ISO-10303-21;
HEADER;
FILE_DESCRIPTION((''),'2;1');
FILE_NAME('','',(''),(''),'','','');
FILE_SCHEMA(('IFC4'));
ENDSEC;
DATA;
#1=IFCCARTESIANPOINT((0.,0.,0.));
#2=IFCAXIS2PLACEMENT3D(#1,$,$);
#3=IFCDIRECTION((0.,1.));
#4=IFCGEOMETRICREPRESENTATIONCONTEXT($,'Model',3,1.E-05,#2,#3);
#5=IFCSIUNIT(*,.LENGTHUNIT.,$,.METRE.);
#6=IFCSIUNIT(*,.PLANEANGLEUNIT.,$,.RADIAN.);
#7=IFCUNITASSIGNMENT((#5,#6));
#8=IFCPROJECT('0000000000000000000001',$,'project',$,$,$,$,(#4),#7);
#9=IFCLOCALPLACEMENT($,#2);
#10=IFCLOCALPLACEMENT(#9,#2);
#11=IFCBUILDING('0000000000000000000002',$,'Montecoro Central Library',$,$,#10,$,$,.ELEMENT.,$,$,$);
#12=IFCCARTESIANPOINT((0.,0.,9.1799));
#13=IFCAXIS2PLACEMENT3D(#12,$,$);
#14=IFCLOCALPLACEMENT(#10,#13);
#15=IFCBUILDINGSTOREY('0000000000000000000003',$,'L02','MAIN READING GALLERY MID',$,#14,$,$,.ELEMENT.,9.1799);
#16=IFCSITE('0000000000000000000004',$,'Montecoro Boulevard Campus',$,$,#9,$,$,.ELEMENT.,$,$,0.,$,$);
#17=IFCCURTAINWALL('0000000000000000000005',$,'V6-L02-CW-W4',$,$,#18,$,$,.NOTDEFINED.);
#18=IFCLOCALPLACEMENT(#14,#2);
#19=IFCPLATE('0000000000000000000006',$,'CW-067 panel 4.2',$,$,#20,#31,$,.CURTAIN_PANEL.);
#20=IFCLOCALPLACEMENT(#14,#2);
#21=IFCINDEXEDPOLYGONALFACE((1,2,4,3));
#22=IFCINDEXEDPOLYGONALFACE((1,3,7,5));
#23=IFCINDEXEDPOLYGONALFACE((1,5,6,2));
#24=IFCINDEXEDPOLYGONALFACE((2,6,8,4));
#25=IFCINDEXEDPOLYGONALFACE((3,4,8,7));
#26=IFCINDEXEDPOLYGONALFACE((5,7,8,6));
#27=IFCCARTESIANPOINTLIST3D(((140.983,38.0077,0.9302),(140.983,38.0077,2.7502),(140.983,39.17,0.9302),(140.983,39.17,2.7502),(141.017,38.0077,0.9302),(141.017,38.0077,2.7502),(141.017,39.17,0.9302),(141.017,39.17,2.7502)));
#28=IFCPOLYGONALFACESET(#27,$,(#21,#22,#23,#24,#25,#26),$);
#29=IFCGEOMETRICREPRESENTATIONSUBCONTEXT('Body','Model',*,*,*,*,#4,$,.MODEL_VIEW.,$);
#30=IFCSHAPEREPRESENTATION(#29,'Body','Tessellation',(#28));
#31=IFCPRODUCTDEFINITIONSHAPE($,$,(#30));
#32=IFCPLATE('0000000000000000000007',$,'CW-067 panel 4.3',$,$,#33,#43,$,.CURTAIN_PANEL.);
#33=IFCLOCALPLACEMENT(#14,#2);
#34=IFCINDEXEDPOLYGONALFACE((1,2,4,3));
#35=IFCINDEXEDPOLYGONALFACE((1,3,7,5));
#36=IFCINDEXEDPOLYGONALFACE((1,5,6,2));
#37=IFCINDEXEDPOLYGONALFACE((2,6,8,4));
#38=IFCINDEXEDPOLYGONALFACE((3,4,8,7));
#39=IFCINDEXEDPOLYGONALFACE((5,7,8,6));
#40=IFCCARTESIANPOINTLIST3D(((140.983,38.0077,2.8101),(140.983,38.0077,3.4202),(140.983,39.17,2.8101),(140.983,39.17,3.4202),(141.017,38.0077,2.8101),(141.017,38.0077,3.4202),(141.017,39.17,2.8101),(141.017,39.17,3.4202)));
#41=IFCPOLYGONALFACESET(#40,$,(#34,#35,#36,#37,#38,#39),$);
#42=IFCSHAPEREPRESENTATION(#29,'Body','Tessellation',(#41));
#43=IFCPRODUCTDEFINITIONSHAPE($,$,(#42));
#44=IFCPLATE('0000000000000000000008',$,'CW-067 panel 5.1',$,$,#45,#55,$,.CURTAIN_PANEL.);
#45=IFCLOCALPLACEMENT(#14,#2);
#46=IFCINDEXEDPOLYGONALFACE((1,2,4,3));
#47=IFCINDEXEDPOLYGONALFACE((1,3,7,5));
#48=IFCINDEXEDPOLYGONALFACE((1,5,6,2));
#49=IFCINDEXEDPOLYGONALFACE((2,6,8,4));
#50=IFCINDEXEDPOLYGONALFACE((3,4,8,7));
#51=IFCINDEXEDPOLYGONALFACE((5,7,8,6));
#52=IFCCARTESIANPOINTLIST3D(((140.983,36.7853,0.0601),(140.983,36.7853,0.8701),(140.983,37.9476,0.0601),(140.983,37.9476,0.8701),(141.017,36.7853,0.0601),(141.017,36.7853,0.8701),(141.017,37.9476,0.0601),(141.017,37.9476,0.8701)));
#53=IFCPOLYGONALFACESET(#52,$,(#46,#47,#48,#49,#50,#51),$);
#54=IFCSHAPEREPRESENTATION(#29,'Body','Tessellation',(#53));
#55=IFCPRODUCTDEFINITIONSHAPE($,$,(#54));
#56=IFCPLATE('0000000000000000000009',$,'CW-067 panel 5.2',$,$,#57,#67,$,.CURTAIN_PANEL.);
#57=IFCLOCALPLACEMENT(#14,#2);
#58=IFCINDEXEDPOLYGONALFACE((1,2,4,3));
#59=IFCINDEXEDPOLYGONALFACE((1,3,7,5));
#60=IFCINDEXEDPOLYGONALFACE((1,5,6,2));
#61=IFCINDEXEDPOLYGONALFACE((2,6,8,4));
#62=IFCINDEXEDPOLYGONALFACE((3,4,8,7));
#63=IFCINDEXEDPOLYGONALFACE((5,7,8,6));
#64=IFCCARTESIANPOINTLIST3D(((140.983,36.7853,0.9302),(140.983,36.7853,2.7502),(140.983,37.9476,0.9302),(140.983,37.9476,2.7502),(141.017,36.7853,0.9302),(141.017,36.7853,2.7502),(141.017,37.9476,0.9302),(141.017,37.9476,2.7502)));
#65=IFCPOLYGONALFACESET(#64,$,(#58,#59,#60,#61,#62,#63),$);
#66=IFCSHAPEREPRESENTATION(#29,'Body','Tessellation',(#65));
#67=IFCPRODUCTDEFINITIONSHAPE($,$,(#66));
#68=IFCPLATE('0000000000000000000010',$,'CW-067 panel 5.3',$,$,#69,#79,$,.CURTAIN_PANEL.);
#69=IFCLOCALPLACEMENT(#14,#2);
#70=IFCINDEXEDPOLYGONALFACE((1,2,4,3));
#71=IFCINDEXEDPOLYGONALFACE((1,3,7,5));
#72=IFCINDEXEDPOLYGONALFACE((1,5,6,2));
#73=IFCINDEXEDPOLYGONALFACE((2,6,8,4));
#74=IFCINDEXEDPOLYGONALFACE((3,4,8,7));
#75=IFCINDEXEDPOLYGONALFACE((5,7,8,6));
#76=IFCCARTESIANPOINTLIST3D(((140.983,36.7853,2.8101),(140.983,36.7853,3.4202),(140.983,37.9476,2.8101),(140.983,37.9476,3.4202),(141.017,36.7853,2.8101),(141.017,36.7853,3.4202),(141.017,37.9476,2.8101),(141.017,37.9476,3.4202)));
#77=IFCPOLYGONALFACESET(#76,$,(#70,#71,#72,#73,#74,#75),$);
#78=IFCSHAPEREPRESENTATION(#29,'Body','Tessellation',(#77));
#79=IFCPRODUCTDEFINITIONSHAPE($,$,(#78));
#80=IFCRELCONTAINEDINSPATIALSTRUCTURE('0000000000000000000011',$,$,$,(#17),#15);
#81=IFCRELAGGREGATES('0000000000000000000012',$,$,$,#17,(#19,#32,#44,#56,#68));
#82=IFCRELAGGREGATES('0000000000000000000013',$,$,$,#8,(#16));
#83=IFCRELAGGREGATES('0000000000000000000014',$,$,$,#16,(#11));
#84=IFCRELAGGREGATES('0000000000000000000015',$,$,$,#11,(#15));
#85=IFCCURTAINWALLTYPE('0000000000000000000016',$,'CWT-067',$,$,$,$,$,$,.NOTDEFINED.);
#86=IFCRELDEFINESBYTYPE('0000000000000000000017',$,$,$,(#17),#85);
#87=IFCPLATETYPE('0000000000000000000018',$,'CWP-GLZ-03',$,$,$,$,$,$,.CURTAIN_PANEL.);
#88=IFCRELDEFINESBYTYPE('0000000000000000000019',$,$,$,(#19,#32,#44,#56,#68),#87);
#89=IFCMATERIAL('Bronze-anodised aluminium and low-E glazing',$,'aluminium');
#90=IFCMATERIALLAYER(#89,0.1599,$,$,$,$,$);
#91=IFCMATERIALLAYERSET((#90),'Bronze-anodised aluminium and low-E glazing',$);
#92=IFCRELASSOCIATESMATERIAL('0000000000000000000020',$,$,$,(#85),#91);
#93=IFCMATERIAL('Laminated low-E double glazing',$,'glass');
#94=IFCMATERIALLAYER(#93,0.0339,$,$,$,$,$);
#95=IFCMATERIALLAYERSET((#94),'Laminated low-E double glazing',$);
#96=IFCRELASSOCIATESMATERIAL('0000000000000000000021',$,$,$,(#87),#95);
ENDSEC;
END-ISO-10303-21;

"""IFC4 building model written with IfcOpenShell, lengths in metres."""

from ifc_helpers import new_model, si_unit, direction, frame, origin, origin_2d, place, context, subcontext, project, spatial, rectangle, extrude, material, layer, layer_set, type_object, element, aggregate, save


model = new_model("IFC4")

# Units and contexts
model_context = context("Model", 3, precision=1e-05, world=origin(), true_north=direction((0.0, 1.0)))
body_context = subcontext(model_context, "Body", "Model", "MODEL_VIEW")
ifc_project = project(units=[si_unit("LENGTHUNIT", "METRE"), si_unit("PLANEANGLEUNIT", "RADIAN")], contexts=[model_context])

# Site, building, storey
site_placement = place(None, origin())
site = spatial("IfcSite", under=ifc_project, at=site_placement, Name="Montecoro Boulevard Campus", CompositionType="ELEMENT", RefElevation=0.0)
building_placement = place(site_placement, origin())
building = spatial("IfcBuilding", under=site, at=building_placement, Name="Montecoro Central Library", CompositionType="ELEMENT")
storey_placement = place(building_placement, frame((0.0, 0.0, 9.1799)))
storey = spatial("IfcBuildingStorey", under=building, at=storey_placement, Name="L02", Description="MAIN READING GALLERY MID", CompositionType="ELEMENT", Elevation=9.1799)

# Curtain wall, plates
ifc_material_1 = material(Name="Bronze-anodised aluminium and low-E glazing", Category="aluminium")
ifc_layer_1 = layer(ifc_material_1, 0.1599)
ifc_layer_set_1 = layer_set([ifc_layer_1], Name="Bronze-anodised aluminium and low-E glazing")
curtain_wall_type = type_object("IfcCurtainWallType", Name="CWT-067", PredefinedType="NOTDEFINED", material=ifc_layer_set_1)
curtain_wall_placement = place(storey_placement, origin())
curtain_wall = element("IfcCurtainWall", 1, at=curtain_wall_placement, inside=storey, type_object=curtain_wall_type, Name="V6-L02-CW-W4", PredefinedType="NOTDEFINED")
ifc_material_2 = material(Name="Laminated low-E double glazing", Category="glass")
ifc_layer_2 = layer(ifc_material_2, 0.0339)
ifc_layer_set_2 = layer_set([ifc_layer_2], Name="Laminated low-E double glazing")
plate_type = type_object("IfcPlateType", Name="CWP-GLZ-03", PredefinedType="CURTAIN_PANEL", material=ifc_layer_set_2)
plate_1_placement = place(storey_placement, frame((141.0, 38.5889, 0.9302), z_axis=(0.0, 0.0, 1.0), x_axis=(0.0, -1.0, 0.0)))
plate_1 = element("IfcPlate", 2, at=plate_1_placement, type_object=plate_type, Name="CW-067 panel 4.2", PredefinedType="CURTAIN_PANEL", context=body_context, shape_type="SweptSolid", body=[
    extrude(rectangle(XDim=1.1624, YDim=0.0339, at=origin_2d()), origin(), (0.0, 0.0, 1.0), 1.8201),
])
plate_2_placement = place(storey_placement, frame((141.0, 38.5889, 2.8101), z_axis=(0.0, 0.0, 1.0), x_axis=(0.0, -1.0, 0.0)))
plate_2 = element("IfcPlate", 3, at=plate_2_placement, type_object=plate_type, Name="CW-067 panel 4.3", PredefinedType="CURTAIN_PANEL", context=body_context, shape_type="SweptSolid", body=[
    extrude(rectangle(XDim=1.1624, YDim=0.0339, at=origin_2d()), origin(), (0.0, 0.0, 1.0), 0.6101),
])
plate_3_placement = place(storey_placement, frame((141.0, 37.3665, 0.0601), z_axis=(0.0, 0.0, 1.0), x_axis=(0.0, -1.0, 0.0)))
plate_3 = element("IfcPlate", 4, at=plate_3_placement, type_object=plate_type, Name="CW-067 panel 5.1", PredefinedType="CURTAIN_PANEL", context=body_context, shape_type="SweptSolid", body=[
    extrude(rectangle(XDim=1.1624, YDim=0.0339, at=origin_2d()), origin(), (0.0, 0.0, 1.0), 0.8101),
])
plate_4_placement = place(storey_placement, frame((141.0, 37.3665, 0.9302), z_axis=(0.0, 0.0, 1.0), x_axis=(0.0, -1.0, 0.0)))
plate_4 = element("IfcPlate", 5, at=plate_4_placement, type_object=plate_type, Name="CW-067 panel 5.2", PredefinedType="CURTAIN_PANEL", context=body_context, shape_type="SweptSolid", body=[
    extrude(rectangle(XDim=1.1624, YDim=0.0339, at=origin_2d()), origin(), (0.0, 0.0, 1.0), 1.8201),
])
plate_5_placement = place(storey_placement, frame((141.0, 37.3665, 2.8101), z_axis=(0.0, 0.0, 1.0), x_axis=(0.0, -1.0, 0.0)))
plate_5 = element("IfcPlate", 6, at=plate_5_placement, type_object=plate_type, Name="CW-067 panel 5.3", PredefinedType="CURTAIN_PANEL", context=body_context, shape_type="SweptSolid", body=[
    extrude(rectangle(XDim=1.1624, YDim=0.0339, at=origin_2d()), origin(), (0.0, 0.0, 1.0), 0.6101),
])
aggregate(curtain_wall, [plate_1, plate_2, plate_3, plate_4, plate_5])

save(model, "model.ifc")
